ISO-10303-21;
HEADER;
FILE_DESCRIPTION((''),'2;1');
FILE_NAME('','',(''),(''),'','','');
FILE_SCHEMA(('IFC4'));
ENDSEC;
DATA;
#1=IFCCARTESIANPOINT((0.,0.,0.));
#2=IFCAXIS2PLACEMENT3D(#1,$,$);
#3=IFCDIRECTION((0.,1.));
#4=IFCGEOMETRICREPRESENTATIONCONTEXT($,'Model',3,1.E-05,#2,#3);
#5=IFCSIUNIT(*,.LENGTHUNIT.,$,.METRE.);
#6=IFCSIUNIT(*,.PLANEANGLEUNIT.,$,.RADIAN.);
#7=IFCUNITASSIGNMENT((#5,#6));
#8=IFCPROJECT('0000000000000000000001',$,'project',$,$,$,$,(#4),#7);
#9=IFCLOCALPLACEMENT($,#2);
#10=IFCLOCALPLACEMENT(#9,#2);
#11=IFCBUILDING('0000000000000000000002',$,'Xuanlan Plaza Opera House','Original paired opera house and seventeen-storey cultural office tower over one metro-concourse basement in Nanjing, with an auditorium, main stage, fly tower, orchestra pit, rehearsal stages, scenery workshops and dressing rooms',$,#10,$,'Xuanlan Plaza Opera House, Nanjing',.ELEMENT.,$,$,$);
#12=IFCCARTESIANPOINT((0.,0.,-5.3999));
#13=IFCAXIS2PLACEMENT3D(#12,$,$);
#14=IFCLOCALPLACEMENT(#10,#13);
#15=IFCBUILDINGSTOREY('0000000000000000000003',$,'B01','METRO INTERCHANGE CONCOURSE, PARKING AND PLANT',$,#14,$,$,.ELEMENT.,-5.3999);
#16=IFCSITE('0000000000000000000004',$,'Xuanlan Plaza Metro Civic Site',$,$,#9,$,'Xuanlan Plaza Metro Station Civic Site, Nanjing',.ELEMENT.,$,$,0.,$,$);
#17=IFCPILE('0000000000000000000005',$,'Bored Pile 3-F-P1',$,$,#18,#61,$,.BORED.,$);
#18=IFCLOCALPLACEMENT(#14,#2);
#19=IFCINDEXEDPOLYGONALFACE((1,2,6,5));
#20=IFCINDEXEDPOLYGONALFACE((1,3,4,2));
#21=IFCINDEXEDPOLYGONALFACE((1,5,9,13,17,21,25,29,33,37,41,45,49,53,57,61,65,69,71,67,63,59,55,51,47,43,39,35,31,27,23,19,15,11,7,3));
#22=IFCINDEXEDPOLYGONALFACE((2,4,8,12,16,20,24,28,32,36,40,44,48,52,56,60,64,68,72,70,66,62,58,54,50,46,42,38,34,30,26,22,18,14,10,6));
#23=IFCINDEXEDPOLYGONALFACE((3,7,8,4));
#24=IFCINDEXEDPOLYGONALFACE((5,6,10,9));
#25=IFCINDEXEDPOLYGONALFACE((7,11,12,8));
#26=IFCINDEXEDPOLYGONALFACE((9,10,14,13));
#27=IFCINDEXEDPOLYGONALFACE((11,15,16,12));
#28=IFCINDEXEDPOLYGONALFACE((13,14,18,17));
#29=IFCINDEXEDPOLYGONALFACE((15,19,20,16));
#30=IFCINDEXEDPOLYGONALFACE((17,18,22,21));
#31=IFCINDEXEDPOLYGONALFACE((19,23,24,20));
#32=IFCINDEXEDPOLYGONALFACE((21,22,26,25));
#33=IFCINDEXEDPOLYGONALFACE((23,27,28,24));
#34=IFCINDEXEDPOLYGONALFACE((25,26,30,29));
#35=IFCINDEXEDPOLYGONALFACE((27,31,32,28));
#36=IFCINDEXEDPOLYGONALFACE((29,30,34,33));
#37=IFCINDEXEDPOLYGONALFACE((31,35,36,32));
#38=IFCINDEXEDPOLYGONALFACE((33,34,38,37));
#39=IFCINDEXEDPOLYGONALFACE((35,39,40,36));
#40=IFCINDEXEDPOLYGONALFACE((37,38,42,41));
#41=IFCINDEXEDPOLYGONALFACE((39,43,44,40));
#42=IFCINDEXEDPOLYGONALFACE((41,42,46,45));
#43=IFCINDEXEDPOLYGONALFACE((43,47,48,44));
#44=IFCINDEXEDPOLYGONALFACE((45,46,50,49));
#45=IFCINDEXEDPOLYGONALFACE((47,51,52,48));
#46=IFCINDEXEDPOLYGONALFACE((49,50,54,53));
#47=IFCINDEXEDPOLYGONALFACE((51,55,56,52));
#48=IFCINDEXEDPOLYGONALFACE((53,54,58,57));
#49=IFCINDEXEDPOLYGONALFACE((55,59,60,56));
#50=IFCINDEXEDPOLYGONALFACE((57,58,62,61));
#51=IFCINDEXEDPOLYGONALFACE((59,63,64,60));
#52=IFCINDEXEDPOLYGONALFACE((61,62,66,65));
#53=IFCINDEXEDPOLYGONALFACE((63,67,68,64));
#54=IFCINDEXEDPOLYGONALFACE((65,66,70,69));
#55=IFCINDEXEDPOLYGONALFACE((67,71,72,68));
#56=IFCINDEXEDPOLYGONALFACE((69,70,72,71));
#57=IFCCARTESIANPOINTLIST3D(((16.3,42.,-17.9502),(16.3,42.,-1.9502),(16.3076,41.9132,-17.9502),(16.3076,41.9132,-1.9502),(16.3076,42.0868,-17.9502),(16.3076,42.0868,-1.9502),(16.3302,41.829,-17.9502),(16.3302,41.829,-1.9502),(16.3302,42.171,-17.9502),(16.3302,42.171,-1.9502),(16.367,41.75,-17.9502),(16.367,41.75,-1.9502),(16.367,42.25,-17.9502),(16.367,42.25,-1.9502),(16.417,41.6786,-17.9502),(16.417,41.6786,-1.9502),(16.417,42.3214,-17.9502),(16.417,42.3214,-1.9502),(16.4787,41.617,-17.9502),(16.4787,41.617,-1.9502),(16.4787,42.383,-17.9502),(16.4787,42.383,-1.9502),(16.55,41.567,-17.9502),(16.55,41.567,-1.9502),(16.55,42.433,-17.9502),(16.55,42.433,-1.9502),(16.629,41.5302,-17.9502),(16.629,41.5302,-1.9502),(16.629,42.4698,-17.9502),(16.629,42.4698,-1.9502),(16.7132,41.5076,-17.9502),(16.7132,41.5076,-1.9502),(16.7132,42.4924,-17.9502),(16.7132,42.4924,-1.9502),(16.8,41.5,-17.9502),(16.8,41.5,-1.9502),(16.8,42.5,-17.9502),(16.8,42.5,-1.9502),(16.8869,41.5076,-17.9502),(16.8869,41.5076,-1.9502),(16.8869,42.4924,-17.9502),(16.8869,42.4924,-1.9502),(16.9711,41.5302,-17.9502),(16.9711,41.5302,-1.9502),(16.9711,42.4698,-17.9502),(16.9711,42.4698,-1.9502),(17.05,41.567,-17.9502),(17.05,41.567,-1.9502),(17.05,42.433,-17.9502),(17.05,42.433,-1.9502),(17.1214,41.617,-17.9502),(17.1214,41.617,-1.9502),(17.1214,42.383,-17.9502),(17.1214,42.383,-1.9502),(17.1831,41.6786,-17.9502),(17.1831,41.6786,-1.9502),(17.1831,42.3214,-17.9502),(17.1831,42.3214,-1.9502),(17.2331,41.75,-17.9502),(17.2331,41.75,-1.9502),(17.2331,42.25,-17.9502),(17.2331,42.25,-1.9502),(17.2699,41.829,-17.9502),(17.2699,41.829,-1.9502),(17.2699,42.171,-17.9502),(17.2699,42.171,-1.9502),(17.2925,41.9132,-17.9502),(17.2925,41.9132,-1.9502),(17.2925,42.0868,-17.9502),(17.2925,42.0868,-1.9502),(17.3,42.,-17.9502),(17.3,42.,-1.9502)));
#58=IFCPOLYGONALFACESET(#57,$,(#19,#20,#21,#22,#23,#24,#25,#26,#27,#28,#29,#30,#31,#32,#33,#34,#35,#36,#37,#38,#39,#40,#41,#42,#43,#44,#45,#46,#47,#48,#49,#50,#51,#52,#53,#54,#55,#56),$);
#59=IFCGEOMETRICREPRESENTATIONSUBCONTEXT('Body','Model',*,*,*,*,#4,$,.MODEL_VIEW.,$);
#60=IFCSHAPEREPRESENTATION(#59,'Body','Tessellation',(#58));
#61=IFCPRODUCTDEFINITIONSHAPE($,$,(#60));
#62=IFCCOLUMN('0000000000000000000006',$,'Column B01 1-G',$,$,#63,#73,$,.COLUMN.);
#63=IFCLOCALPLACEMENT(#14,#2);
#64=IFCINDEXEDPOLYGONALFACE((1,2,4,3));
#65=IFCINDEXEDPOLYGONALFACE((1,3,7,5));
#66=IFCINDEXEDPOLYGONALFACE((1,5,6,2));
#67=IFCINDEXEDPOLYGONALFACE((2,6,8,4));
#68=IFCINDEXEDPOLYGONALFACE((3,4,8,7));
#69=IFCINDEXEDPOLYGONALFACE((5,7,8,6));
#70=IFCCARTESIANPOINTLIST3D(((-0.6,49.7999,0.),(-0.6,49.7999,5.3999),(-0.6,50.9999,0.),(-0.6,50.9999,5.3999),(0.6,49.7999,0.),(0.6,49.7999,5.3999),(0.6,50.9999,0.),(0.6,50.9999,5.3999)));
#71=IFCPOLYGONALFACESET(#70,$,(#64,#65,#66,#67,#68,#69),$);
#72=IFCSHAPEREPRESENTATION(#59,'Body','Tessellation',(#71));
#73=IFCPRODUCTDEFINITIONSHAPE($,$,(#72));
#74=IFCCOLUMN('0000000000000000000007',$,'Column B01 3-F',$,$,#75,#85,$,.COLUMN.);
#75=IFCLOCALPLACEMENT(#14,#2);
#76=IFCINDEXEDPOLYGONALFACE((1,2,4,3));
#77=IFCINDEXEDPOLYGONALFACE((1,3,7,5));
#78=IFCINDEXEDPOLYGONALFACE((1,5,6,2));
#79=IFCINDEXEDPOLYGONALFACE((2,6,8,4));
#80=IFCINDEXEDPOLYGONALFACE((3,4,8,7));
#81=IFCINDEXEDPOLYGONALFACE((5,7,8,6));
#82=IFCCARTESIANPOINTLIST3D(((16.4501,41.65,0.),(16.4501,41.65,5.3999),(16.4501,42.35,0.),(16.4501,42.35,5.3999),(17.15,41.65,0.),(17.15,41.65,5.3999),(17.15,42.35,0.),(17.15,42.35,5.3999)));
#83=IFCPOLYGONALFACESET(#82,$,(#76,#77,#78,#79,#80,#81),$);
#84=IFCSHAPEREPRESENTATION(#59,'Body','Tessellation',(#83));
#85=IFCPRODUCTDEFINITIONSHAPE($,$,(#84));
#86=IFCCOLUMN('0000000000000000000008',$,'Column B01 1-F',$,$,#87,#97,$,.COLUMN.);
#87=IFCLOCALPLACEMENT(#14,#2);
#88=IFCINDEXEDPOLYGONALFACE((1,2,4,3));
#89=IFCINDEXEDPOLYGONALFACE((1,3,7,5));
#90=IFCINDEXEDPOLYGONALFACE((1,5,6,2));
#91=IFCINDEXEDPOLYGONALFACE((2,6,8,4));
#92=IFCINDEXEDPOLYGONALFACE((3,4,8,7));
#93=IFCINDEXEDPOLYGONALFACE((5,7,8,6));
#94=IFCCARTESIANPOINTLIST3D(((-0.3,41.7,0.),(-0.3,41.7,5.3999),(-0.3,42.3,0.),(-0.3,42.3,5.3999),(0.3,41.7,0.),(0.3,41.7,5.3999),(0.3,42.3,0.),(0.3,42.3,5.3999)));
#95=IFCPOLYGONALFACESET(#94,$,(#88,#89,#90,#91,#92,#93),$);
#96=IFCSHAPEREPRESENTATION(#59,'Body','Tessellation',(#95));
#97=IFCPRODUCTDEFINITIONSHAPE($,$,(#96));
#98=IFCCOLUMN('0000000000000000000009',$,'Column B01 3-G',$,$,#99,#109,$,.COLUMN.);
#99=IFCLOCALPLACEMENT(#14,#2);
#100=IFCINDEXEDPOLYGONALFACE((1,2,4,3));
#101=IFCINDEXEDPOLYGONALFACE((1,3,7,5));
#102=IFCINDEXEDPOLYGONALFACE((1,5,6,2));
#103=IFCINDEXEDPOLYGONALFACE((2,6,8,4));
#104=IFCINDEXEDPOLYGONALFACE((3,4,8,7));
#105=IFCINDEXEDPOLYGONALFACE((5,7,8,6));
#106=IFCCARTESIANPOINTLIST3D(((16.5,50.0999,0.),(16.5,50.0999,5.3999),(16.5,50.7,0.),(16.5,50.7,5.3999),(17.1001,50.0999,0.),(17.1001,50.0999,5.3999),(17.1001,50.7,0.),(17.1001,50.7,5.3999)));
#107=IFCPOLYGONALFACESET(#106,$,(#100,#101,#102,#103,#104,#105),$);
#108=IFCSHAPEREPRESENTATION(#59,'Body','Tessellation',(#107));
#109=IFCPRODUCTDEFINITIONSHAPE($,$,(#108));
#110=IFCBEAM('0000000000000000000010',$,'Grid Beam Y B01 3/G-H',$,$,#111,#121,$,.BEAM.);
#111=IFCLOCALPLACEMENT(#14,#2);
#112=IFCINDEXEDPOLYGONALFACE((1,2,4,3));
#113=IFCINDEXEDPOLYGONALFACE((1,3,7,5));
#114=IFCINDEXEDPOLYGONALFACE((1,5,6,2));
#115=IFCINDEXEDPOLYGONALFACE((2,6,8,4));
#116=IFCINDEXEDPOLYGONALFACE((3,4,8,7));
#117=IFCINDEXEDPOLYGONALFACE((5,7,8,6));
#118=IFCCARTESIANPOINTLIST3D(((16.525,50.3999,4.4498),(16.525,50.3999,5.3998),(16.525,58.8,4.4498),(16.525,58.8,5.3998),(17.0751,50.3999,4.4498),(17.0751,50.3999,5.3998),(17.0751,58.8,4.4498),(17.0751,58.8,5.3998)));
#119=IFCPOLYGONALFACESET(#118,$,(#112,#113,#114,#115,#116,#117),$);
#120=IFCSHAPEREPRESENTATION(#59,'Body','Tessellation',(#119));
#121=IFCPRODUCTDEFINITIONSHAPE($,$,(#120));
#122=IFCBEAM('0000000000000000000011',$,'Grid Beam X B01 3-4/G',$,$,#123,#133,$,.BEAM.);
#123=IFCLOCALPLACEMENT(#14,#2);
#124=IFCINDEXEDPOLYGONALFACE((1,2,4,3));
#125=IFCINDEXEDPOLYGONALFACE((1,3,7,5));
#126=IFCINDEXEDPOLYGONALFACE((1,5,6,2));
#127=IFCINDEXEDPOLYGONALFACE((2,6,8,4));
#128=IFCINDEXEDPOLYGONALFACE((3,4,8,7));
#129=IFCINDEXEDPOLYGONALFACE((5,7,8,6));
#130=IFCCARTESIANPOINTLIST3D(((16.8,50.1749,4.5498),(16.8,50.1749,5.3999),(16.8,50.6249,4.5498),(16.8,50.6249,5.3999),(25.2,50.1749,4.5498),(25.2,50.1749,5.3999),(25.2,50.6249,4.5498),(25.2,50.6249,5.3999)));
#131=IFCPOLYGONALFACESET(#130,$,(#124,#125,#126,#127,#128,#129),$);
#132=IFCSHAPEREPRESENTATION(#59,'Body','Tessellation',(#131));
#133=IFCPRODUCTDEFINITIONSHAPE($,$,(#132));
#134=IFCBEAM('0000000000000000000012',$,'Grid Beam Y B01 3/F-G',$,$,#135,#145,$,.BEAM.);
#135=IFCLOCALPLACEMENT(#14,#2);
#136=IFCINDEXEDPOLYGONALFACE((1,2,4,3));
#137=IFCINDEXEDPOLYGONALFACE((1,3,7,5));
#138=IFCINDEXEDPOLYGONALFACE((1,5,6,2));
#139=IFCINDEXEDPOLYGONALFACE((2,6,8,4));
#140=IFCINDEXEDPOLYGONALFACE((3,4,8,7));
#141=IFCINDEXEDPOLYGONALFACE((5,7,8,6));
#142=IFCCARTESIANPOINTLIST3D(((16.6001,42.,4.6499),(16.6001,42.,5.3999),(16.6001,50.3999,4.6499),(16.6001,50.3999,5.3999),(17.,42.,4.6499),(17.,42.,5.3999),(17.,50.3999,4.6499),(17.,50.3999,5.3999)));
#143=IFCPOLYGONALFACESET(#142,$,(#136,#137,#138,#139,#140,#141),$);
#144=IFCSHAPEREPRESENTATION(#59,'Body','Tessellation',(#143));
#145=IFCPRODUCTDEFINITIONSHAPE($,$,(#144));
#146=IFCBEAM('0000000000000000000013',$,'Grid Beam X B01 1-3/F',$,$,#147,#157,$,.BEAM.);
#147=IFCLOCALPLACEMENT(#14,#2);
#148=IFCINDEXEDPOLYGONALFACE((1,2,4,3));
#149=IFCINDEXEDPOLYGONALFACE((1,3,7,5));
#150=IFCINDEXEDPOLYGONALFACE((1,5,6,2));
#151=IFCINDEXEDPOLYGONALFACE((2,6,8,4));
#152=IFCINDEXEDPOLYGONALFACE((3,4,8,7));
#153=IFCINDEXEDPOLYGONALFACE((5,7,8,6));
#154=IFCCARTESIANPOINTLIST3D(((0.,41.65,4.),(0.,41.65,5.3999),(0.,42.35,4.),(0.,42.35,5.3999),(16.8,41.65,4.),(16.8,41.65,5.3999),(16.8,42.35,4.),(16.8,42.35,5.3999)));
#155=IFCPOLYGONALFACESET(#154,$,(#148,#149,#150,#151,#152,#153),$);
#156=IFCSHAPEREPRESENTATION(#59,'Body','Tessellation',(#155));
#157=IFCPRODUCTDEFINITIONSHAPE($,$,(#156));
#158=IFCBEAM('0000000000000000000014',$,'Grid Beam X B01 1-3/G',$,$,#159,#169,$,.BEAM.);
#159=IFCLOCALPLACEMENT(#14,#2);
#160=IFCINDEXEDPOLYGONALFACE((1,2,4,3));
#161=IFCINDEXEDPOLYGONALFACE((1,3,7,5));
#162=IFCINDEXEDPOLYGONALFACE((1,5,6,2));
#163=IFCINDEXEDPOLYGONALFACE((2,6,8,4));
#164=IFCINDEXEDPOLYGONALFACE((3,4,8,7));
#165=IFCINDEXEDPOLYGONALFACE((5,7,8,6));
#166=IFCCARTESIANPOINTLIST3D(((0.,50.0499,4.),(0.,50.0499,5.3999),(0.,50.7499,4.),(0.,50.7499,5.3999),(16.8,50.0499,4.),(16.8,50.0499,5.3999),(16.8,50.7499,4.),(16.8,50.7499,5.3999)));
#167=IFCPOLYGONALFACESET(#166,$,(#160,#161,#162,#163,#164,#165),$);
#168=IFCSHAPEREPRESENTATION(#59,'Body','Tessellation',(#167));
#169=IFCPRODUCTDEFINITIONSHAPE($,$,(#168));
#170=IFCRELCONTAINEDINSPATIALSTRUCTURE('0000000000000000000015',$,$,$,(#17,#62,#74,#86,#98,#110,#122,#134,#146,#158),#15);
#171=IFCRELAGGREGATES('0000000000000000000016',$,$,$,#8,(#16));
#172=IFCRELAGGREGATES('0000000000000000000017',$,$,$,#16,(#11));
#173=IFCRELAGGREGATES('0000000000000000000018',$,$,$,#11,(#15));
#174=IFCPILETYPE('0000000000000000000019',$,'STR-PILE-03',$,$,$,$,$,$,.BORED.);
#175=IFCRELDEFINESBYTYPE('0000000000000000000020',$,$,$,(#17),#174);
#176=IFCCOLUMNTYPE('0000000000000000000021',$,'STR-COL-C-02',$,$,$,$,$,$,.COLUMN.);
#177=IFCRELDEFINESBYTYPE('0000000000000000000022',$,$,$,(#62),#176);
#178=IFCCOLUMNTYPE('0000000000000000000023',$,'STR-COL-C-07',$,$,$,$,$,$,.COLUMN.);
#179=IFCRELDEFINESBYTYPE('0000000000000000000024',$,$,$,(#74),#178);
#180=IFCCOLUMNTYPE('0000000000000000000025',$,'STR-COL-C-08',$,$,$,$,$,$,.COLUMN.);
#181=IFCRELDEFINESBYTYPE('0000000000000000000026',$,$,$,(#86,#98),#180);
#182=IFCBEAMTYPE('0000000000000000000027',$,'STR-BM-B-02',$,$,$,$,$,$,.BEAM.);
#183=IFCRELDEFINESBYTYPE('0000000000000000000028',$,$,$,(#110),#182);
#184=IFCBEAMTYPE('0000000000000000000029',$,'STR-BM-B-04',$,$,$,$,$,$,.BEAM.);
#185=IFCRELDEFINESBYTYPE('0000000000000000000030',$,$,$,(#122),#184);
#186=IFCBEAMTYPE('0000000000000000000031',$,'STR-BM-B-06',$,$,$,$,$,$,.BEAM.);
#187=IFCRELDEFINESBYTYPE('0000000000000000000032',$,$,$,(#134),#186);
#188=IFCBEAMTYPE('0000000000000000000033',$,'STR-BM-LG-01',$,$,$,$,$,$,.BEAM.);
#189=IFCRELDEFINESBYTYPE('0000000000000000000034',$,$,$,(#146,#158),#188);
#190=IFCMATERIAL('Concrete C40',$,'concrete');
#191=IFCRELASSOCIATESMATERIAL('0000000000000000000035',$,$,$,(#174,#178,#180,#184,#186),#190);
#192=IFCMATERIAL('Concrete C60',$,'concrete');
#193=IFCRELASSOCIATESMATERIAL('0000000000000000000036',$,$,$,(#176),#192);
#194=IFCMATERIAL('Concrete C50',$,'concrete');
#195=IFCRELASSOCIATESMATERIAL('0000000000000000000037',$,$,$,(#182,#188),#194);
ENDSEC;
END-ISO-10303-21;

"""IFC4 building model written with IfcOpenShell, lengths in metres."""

from ifc_helpers import new_model, si_unit, direction, frame, origin, origin_2d, place, context, subcontext, project, spatial, rectangle, circle, extrude, material, material_profile, profile_set, type_object, element, save


model = new_model("IFC4")

# Units and contexts
model_context = context("Model", 3, precision=1e-05, world=origin(), true_north=direction((0.0, 1.0)))
body_context = subcontext(model_context, "Body", "Model", "MODEL_VIEW")
ifc_project = project(units=[si_unit("LENGTHUNIT", "METRE"), si_unit("PLANEANGLEUNIT", "RADIAN")], contexts=[model_context])

# Site, building, storey
site_placement = place(None, origin())
site = spatial("IfcSite", under=ifc_project, at=site_placement, Name="Xuanlan Plaza Metro Civic Site", LongName="Xuanlan Plaza Metro Station Civic Site, Nanjing", CompositionType="ELEMENT", RefElevation=0.0)
building_placement = place(site_placement, origin())
building = spatial("IfcBuilding", under=site, at=building_placement, Name="Xuanlan Plaza Opera House", Description="Original paired opera house and seventeen-storey cultural office tower over one metro-concourse basement in Nanjing, with an auditorium, main stage, fly tower, orchestra pit, rehearsal stages, scenery workshops and dressing rooms", LongName="Xuanlan Plaza Opera House, Nanjing", CompositionType="ELEMENT")
storey_placement = place(building_placement, frame((0.0, 0.0, -5.3999)))
storey = spatial("IfcBuildingStorey", under=building, at=storey_placement, Name="B01", Description="METRO INTERCHANGE CONCOURSE, PARKING AND PLANT", CompositionType="ELEMENT", Elevation=-5.3999)

# Shared definitions
ifc_material_1 = material(Name="Concrete C50", Category="concrete")
ifc_material_2 = material(Name="Concrete C40", Category="concrete")

# Pile
ifc_material_profile_1 = material_profile(ifc_material_2, circle(Radius=0.5, at=origin_2d()), Name="PILE D1000")
ifc_profile_set_1 = profile_set([ifc_material_profile_1], Name="Concrete C40")
pile_type_1 = type_object("IfcPileType", Name="STR-PILE-03", PredefinedType="BORED", material=ifc_profile_set_1)
for number, where, z_axis, x_axis, name in (
    (1, (16.8, 42.0, -1.9502), (0.0, 0.0, -1.0), (1.0, 0.0, 0.0), "Bored Pile 3-F-P1"),
):
    element("IfcPile", number, at=place(storey_placement, frame(where, z_axis=z_axis, x_axis=x_axis)), inside=storey, type_object=pile_type_1, Name=name, PredefinedType="BORED", context=body_context, shape_type="SweptSolid", body=[
        extrude(circle(Radius=0.5, at=origin_2d()), origin(), (0.0, 0.0, 1.0), 16.0),
    ])

# Columns
ifc_material_3 = material(Name="Concrete C60", Category="concrete")
ifc_material_profile_2 = material_profile(ifc_material_3, rectangle(XDim=1.2, YDim=1.2, at=origin_2d()), Name="RC-COL 1200x1200")
ifc_profile_set_2 = profile_set([ifc_material_profile_2], Name="Concrete C60")
column_type_1 = type_object("IfcColumnType", Name="STR-COL-C-02", PredefinedType="COLUMN", material=ifc_profile_set_2)
column_1_placement = place(storey_placement, frame((0.0, 50.3999, 0.0), z_axis=(0.0, 0.0, 1.0), x_axis=(1.0, 0.0, 0.0)))
element("IfcColumn", 2, at=column_1_placement, inside=storey, type_object=column_type_1, Name="Column B01 1-G", PredefinedType="COLUMN", context=body_context, shape_type="SweptSolid", body=[
    extrude(rectangle(XDim=1.2, YDim=1.2, at=origin_2d()), origin(), (0.0, 0.0, 1.0), 5.3999),
])
ifc_material_profile_3 = material_profile(ifc_material_2, rectangle(XDim=0.7, YDim=0.7, at=origin_2d()), Name="RC-COL 700x700")
ifc_profile_set_3 = profile_set([ifc_material_profile_3], Name="Concrete C40")
column_type_2 = type_object("IfcColumnType", Name="STR-COL-C-07", PredefinedType="COLUMN", material=ifc_profile_set_3)
column_2_placement = place(storey_placement, frame((16.8, 42.0, 0.0), z_axis=(0.0, 0.0, 1.0), x_axis=(1.0, 0.0, 0.0)))
element("IfcColumn", 3, at=column_2_placement, inside=storey, type_object=column_type_2, Name="Column B01 3-F", PredefinedType="COLUMN", context=body_context, shape_type="SweptSolid", body=[
    extrude(rectangle(XDim=0.7, YDim=0.7, at=origin_2d()), origin(), (0.0, 0.0, 1.0), 5.3999),
])
ifc_material_profile_4 = material_profile(ifc_material_2, rectangle(XDim=0.6001, YDim=0.6001, at=origin_2d()), Name="RC-COL 600x600")
ifc_profile_set_4 = profile_set([ifc_material_profile_4], Name="Concrete C40")
column_type_3 = type_object("IfcColumnType", Name="STR-COL-C-08", PredefinedType="COLUMN", material=ifc_profile_set_4)
for number, where, z_axis, x_axis, name in (
    (4, (0.0, 42.0, 0.0), (0.0, 0.0, 1.0), (1.0, 0.0, 0.0), "Column B01 1-F"),
    (5, (16.8, 50.3999, 0.0), (0.0, 0.0, 1.0), (1.0, 0.0, 0.0), "Column B01 3-G"),
):
    element("IfcColumn", number, at=place(storey_placement, frame(where, z_axis=z_axis, x_axis=x_axis)), inside=storey, type_object=column_type_3, Name=name, PredefinedType="COLUMN", context=body_context, shape_type="SweptSolid", body=[
        extrude(rectangle(XDim=0.6001, YDim=0.6001, at=origin_2d()), origin(), (0.0, 0.0, 1.0), 5.3999),
    ])

# Beams
ifc_material_profile_5 = material_profile(ifc_material_1, rectangle(XDim=0.55, YDim=0.95, at=origin_2d()), Name="RC-BM 550x950")
ifc_profile_set_5 = profile_set([ifc_material_profile_5], Name="Concrete C50")
beam_type_1 = type_object("IfcBeamType", Name="STR-BM-B-02", PredefinedType="BEAM", material=ifc_profile_set_5)
beam_1_placement = place(storey_placement, frame((16.8, 50.3999, 4.9248), z_axis=(0.0, 1.0, 0.0), x_axis=(-1.0, 0.0, 0.0)))
element("IfcBeam", 6, at=beam_1_placement, inside=storey, type_object=beam_type_1, Name="Grid Beam Y B01 3/G-H", PredefinedType="BEAM", context=body_context, shape_type="SweptSolid", body=[
    extrude(rectangle(XDim=0.55, YDim=0.95, at=origin_2d()), origin(), (0.0, 0.0, 1.0), 8.4001),
])
ifc_material_profile_6 = material_profile(ifc_material_2, rectangle(XDim=0.45, YDim=0.8501, at=origin_2d()), Name="RC-BM 450x850")
ifc_profile_set_6 = profile_set([ifc_material_profile_6], Name="Concrete C40")
beam_type_2 = type_object("IfcBeamType", Name="STR-BM-B-04", PredefinedType="BEAM", material=ifc_profile_set_6)
beam_2_placement = place(storey_placement, frame((16.8, 50.3999, 4.9749), z_axis=(1.0, 0.0, 0.0), x_axis=(0.0, 1.0, 0.0)))
element("IfcBeam", 7, at=beam_2_placement, inside=storey, type_object=beam_type_2, Name="Grid Beam X B01 3-4/G", PredefinedType="BEAM", context=body_context, shape_type="SweptSolid", body=[
    extrude(rectangle(XDim=0.45, YDim=0.8501, at=origin_2d()), origin(), (0.0, 0.0, 1.0), 8.3999),
])
ifc_material_profile_7 = material_profile(ifc_material_2, rectangle(XDim=0.3999, YDim=0.75, at=origin_2d()), Name="RC-BM 400x750")
ifc_profile_set_7 = profile_set([ifc_material_profile_7], Name="Concrete C40")
beam_type_3 = type_object("IfcBeamType", Name="STR-BM-B-06", PredefinedType="BEAM", material=ifc_profile_set_7)
beam_3_placement = place(storey_placement, frame((16.8, 42.0, 5.0249), z_axis=(0.0, 1.0, 0.0), x_axis=(-1.0, 0.0, 0.0)))
element("IfcBeam", 8, at=beam_3_placement, inside=storey, type_object=beam_type_3, Name="Grid Beam Y B01 3/F-G", PredefinedType="BEAM", context=body_context, shape_type="SweptSolid", body=[
    extrude(rectangle(XDim=0.3999, YDim=0.75, at=origin_2d()), origin(), (0.0, 0.0, 1.0), 8.3999),
])
ifc_material_profile_8 = material_profile(ifc_material_1, rectangle(XDim=0.7, YDim=1.3999, at=origin_2d()), Name="RC-LG 700x1400")
ifc_profile_set_8 = profile_set([ifc_material_profile_8], Name="Concrete C50")
beam_type_4 = type_object("IfcBeamType", Name="STR-BM-LG-01", PredefinedType="BEAM", material=ifc_profile_set_8)
for number, where, z_axis, x_axis, name in (
    (9, (0.0, 42.0, 4.7), (1.0, 0.0, 0.0), (0.0, 1.0, 0.0), "Grid Beam X B01 1-3/F"),
    (10, (0.0, 50.3999, 4.7), (1.0, 0.0, 0.0), (0.0, 1.0, 0.0), "Grid Beam X B01 1-3/G"),
):
    element("IfcBeam", number, at=place(storey_placement, frame(where, z_axis=z_axis, x_axis=x_axis)), inside=storey, type_object=beam_type_4, Name=name, PredefinedType="BEAM", context=body_context, shape_type="SweptSolid", body=[
        extrude(rectangle(XDim=0.7, YDim=1.3999, at=origin_2d()), origin(), (0.0, 0.0, 1.0), 16.8),
    ])

save(model, "model.ifc")
